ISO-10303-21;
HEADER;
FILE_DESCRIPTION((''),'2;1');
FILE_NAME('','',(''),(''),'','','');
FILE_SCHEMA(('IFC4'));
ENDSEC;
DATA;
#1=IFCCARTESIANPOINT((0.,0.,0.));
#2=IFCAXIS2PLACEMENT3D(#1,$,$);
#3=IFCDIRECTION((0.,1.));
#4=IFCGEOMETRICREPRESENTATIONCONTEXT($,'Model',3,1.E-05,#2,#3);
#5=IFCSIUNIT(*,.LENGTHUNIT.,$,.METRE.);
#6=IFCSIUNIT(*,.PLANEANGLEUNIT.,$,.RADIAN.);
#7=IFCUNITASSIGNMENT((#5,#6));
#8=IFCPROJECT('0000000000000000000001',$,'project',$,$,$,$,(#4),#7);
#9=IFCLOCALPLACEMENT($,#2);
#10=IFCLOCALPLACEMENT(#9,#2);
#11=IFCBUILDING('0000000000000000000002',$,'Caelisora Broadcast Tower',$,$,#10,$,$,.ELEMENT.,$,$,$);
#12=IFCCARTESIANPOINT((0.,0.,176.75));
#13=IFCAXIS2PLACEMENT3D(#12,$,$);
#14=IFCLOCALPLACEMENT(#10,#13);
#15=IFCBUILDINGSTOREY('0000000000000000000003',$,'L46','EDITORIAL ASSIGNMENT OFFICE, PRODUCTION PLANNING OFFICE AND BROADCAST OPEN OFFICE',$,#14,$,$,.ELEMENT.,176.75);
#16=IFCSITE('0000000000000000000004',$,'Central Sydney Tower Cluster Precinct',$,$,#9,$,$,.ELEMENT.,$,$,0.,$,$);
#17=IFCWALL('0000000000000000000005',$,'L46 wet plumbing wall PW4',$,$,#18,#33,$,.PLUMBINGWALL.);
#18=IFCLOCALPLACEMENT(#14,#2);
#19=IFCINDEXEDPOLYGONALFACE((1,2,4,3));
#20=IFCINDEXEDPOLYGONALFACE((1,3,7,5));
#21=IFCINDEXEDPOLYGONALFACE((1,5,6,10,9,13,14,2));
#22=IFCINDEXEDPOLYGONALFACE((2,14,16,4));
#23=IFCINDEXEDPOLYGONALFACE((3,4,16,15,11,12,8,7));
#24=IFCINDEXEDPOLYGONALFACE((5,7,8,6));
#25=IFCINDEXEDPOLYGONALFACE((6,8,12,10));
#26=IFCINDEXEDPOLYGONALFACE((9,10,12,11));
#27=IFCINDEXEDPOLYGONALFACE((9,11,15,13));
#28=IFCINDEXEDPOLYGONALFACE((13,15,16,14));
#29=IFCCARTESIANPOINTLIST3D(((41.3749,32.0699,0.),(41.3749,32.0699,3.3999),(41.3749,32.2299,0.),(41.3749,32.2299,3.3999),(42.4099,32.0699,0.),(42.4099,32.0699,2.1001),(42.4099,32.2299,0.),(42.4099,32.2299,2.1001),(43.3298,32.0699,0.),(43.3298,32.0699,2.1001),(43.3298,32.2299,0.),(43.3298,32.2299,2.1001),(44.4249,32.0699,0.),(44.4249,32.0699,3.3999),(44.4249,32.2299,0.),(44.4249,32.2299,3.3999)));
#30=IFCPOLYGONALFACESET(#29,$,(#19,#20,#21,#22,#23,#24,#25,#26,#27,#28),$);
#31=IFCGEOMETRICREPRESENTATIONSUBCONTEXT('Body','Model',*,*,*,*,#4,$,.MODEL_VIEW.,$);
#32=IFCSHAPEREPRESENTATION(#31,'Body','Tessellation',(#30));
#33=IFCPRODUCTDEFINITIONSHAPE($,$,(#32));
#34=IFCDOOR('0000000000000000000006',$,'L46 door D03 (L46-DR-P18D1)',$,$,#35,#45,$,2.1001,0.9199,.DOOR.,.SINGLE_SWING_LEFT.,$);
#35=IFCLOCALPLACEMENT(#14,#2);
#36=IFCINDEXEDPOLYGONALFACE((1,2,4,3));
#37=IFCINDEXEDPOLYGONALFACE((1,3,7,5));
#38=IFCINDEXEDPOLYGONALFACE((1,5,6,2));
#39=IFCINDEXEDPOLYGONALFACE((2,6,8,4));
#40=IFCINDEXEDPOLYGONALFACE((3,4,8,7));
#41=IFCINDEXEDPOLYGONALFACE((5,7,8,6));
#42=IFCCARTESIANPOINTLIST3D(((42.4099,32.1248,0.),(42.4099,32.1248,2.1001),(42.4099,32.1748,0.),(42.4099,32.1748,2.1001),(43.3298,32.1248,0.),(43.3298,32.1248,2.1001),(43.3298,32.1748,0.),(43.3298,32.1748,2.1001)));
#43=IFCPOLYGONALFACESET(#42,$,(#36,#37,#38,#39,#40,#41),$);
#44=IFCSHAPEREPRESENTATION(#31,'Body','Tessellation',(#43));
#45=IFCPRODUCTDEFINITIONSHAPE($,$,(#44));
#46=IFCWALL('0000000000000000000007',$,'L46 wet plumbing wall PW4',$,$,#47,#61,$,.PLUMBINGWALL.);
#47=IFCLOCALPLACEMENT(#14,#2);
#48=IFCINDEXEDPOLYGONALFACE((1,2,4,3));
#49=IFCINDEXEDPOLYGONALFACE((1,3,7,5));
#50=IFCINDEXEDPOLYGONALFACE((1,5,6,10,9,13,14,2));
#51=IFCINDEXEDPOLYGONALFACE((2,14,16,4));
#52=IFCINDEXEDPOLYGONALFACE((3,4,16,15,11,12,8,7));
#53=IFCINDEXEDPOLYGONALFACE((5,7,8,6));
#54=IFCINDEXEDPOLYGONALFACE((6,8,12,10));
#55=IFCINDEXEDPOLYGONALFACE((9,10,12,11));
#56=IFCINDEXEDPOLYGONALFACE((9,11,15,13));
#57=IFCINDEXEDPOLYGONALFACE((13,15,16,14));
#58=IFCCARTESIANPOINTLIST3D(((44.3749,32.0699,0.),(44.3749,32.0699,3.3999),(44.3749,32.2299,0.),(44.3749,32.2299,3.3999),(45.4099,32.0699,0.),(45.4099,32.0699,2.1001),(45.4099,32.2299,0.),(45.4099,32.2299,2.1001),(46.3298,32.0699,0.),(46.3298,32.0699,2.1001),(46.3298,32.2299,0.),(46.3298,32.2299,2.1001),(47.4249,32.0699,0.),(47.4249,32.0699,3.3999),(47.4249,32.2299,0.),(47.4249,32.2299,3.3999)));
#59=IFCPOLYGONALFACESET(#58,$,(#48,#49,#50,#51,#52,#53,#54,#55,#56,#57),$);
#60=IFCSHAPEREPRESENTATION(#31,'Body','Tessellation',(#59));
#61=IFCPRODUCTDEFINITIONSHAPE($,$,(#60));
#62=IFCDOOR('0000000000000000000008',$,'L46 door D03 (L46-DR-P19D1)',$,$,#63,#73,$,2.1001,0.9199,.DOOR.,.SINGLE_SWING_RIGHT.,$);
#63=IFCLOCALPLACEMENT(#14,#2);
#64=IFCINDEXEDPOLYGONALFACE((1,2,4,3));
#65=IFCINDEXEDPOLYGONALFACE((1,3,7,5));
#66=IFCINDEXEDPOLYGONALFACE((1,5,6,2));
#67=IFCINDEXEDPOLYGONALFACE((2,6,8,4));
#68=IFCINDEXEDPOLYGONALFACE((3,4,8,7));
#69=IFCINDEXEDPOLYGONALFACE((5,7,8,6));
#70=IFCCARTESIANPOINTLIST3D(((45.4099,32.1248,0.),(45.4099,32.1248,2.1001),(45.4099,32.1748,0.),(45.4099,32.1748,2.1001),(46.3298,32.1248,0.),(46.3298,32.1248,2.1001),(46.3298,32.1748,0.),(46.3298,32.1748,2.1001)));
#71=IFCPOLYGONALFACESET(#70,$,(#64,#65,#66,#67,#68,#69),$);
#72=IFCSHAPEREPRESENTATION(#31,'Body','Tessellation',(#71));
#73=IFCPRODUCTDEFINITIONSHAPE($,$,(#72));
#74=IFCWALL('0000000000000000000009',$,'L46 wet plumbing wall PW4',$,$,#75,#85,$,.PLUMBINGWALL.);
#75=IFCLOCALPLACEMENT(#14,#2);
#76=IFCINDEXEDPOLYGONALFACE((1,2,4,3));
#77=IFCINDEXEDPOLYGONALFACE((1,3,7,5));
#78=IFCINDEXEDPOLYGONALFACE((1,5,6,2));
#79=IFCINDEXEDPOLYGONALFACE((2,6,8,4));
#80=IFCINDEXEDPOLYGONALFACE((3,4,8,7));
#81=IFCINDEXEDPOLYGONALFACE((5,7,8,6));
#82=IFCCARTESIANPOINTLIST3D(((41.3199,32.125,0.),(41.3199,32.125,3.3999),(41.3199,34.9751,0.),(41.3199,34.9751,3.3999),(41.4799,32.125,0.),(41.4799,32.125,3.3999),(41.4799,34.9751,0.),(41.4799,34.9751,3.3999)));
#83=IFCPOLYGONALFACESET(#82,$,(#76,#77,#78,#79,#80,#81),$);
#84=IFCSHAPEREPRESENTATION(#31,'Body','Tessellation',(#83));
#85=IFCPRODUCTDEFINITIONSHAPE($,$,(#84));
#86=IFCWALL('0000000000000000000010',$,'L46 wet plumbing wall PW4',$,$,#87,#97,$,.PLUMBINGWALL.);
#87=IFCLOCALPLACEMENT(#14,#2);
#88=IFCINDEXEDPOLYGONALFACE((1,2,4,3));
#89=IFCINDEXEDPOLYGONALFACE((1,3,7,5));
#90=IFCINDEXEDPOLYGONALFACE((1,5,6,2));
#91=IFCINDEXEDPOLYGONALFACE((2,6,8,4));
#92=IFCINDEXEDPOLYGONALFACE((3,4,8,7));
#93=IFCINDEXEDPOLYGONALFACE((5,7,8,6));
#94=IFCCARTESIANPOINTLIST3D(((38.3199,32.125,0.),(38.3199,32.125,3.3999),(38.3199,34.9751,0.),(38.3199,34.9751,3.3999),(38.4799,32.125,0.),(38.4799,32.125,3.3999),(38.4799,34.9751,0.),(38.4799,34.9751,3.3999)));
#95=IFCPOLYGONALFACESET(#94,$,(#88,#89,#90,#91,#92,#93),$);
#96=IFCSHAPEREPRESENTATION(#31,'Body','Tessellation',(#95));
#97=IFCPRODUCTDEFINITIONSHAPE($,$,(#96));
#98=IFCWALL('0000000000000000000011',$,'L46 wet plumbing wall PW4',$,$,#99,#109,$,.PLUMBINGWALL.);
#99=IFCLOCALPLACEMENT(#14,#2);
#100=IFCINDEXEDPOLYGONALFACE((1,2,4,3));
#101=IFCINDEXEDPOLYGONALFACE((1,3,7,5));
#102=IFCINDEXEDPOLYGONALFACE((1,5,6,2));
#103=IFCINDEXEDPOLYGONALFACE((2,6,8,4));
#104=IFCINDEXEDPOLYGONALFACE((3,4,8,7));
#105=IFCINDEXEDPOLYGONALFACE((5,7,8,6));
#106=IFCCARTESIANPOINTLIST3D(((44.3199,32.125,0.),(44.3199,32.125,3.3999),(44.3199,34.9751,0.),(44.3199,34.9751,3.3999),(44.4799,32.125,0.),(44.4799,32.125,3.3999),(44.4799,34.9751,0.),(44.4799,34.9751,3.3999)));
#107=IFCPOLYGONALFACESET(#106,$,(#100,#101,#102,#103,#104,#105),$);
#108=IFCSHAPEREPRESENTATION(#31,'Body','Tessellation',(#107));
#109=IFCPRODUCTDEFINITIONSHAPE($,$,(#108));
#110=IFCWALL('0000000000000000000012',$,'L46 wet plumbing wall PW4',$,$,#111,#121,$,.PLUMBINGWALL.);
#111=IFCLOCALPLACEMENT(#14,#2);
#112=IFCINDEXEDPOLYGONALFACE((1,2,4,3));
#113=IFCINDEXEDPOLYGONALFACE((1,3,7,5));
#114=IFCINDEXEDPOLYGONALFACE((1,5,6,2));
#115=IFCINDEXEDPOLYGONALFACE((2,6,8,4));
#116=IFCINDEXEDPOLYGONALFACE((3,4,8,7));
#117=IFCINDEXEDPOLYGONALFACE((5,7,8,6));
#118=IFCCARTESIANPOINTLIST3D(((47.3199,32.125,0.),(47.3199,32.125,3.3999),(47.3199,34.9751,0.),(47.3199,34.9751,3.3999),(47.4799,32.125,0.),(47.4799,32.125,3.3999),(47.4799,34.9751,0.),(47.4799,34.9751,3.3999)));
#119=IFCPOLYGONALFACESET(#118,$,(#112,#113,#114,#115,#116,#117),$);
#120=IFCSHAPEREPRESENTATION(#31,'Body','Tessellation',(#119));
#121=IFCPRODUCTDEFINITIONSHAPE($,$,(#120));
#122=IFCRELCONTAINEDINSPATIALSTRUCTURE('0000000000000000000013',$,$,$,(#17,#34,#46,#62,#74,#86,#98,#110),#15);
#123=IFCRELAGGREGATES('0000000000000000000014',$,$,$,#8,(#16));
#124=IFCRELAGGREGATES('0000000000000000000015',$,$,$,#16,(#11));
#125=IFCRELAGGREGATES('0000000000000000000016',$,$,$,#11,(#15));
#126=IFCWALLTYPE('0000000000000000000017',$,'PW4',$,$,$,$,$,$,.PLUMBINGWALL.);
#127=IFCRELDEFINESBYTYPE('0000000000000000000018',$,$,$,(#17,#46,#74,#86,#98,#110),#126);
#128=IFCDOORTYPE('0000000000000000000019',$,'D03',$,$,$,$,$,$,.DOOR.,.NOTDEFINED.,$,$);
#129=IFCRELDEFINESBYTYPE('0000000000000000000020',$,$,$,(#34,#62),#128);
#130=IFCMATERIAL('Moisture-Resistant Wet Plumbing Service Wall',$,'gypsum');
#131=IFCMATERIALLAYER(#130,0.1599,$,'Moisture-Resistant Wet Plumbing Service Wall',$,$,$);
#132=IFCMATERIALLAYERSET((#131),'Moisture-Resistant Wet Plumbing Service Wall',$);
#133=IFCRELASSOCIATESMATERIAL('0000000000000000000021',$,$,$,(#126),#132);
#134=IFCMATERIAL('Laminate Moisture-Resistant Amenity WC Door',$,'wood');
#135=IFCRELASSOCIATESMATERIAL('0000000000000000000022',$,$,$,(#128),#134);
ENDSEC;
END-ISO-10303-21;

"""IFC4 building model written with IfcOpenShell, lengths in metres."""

from ifc_helpers import new_model, si_unit, direction, frame, frame_2d, origin, place, context, subcontext, project, spatial, rectangle, extrude, material, layer, layer_set, type_object, element, fill, save


model = new_model("IFC4")

# Units and contexts
model_context = context("Model", 3, precision=1e-05, world=origin(), true_north=direction((0.0, 1.0)))
body_context = subcontext(model_context, "Body", "Model", "MODEL_VIEW")
ifc_project = project(units=[si_unit("LENGTHUNIT", "METRE"), si_unit("PLANEANGLEUNIT", "RADIAN")], contexts=[model_context])

# Site, building, storey
site_placement = place(None, origin())
site = spatial("IfcSite", under=ifc_project, at=site_placement, Name="Central Sydney Tower Cluster Precinct", CompositionType="ELEMENT", RefElevation=0.0)
building_placement = place(site_placement, origin())
building = spatial("IfcBuilding", under=site, at=building_placement, Name="Caelisora Broadcast Tower", CompositionType="ELEMENT")
storey_placement = place(building_placement, frame((0.0, 0.0, 176.75)))
storey = spatial("IfcBuildingStorey", under=building, at=storey_placement, Name="L46", Description="EDITORIAL ASSIGNMENT OFFICE, PRODUCTION PLANNING OFFICE AND BROADCAST OPEN OFFICE", CompositionType="ELEMENT", Elevation=176.75)

# Walls, openings, doors
ifc_material_1 = material(Name="Moisture-Resistant Wet Plumbing Service Wall", Category="gypsum")
ifc_layer_1 = layer(ifc_material_1, 0.1599, Name="Moisture-Resistant Wet Plumbing Service Wall")
ifc_layer_set_1 = layer_set([ifc_layer_1], Name="Moisture-Resistant Wet Plumbing Service Wall")
wall_type_1 = type_object("IfcWallType", Name="PW4", PredefinedType="PLUMBINGWALL", material=ifc_layer_set_1)
ifc_material_2 = material(Name="Laminate Moisture-Resistant Amenity WC Door", Category="wood")
door_type_1 = type_object("IfcDoorType", Name="D03", OperationType="NOTDEFINED", PredefinedType="DOOR", material=ifc_material_2)
wall_1_placement = place(storey_placement, frame((41.375, 32.1499, 0.0), z_axis=(0.0, 0.0, 1.0), x_axis=(1.0, 0.0, 0.0)))
wall_1 = element("IfcWall", 1, at=wall_1_placement, inside=storey, type_object=wall_type_1, Name="L46 wet plumbing wall PW4", PredefinedType="PLUMBINGWALL", context=body_context, shape_type="SweptSolid", body=[
    extrude(rectangle(XDim=3.05, YDim=0.1599, at=frame_2d((1.5249, 0.0))), origin(), (0.0, 0.0, 1.0), 3.3999),
])
opening_1_placement = place(wall_1_placement, frame((1.0349, 0.0, 0.0)))
opening_1 = element("IfcOpeningElement", 2, at=opening_1_placement, cuts=wall_1, PredefinedType="OPENING", context=body_context, shape_type="SweptSolid", body=[
    extrude(rectangle(XDim=0.9199, YDim=2.1001, at=frame_2d((0.46, 1.05))), frame((0.0, 0.092, 0.0), z_axis=(0.0, -1.0, 0.0), x_axis=(1.0, 0.0, 0.0)), (0.0, 0.0, 1.0), 0.1838),
])
door_1_placement = place(opening_1_placement, origin())
door_1 = element("IfcDoor", 3, at=door_1_placement, inside=storey, type_object=door_type_1, Name="L46 door D03 (L46-DR-P18D1)", OperationType="SINGLE_SWING_LEFT", OverallHeight=2.1001, OverallWidth=0.9199, PredefinedType="DOOR", context=body_context, shape_type="SweptSolid", body=[
    extrude(rectangle(XDim=0.9199, YDim=2.1001, at=frame_2d((0.46, 1.05))), frame((0.0, 0.0249, 0.0), z_axis=(0.0, -1.0, 0.0), x_axis=(1.0, 0.0, 0.0)), (0.0, 0.0, 1.0), 0.05),
])
fill(opening_1, door_1)
wall_2_placement = place(storey_placement, frame((44.375, 32.1499, 0.0), z_axis=(0.0, 0.0, 1.0), x_axis=(1.0, 0.0, 0.0)))
wall_2 = element("IfcWall", 4, at=wall_2_placement, inside=storey, type_object=wall_type_1, Name="L46 wet plumbing wall PW4", PredefinedType="PLUMBINGWALL", context=body_context, shape_type="SweptSolid", body=[
    extrude(rectangle(XDim=3.05, YDim=0.1599, at=frame_2d((1.5249, 0.0))), origin(), (0.0, 0.0, 1.0), 3.3999),
])
opening_2_placement = place(wall_2_placement, frame((1.0349, 0.0, 0.0)))
opening_2 = element("IfcOpeningElement", 5, at=opening_2_placement, cuts=wall_2, PredefinedType="OPENING", context=body_context, shape_type="SweptSolid", body=[
    extrude(rectangle(XDim=0.9199, YDim=2.1001, at=frame_2d((0.46, 1.05))), frame((0.0, 0.092, 0.0), z_axis=(0.0, -1.0, 0.0), x_axis=(1.0, 0.0, 0.0)), (0.0, 0.0, 1.0), 0.1838),
])
door_2_placement = place(opening_2_placement, origin())
door_2 = element("IfcDoor", 6, at=door_2_placement, inside=storey, type_object=door_type_1, Name="L46 door D03 (L46-DR-P19D1)", OperationType="SINGLE_SWING_RIGHT", OverallHeight=2.1001, OverallWidth=0.9199, PredefinedType="DOOR", context=body_context, shape_type="SweptSolid", body=[
    extrude(rectangle(XDim=0.9199, YDim=2.1001, at=frame_2d((0.46, 1.05))), frame((0.0, 0.0249, 0.0), z_axis=(0.0, -1.0, 0.0), x_axis=(1.0, 0.0, 0.0)), (0.0, 0.0, 1.0), 0.05),
])
fill(opening_2, door_2)

# Walls
for number, where, z_axis, x_axis, name in (
    (7, (41.3999, 32.125, 0.0), (0.0, 0.0, 1.0), (0.0, 1.0, 0.0), "L46 wet plumbing wall PW4"),
    (8, (38.3999, 32.125, 0.0), (0.0, 0.0, 1.0), (0.0, 1.0, 0.0), "L46 wet plumbing wall PW4"),
    (9, (44.3999, 32.125, 0.0), (0.0, 0.0, 1.0), (0.0, 1.0, 0.0), "L46 wet plumbing wall PW4"),
    (10, (47.3999, 32.125, 0.0), (0.0, 0.0, 1.0), (0.0, 1.0, 0.0), "L46 wet plumbing wall PW4"),
):
    element("IfcWall", number, at=place(storey_placement, frame(where, z_axis=z_axis, x_axis=x_axis)), inside=storey, type_object=wall_type_1, Name=name, PredefinedType="PLUMBINGWALL", context=body_context, shape_type="SweptSolid", body=[
        extrude(rectangle(XDim=2.8501, YDim=0.1599, at=frame_2d((1.425, 0.0))), origin(), (0.0, 0.0, 1.0), 3.3999),
    ])

save(model, "model.ifc")
